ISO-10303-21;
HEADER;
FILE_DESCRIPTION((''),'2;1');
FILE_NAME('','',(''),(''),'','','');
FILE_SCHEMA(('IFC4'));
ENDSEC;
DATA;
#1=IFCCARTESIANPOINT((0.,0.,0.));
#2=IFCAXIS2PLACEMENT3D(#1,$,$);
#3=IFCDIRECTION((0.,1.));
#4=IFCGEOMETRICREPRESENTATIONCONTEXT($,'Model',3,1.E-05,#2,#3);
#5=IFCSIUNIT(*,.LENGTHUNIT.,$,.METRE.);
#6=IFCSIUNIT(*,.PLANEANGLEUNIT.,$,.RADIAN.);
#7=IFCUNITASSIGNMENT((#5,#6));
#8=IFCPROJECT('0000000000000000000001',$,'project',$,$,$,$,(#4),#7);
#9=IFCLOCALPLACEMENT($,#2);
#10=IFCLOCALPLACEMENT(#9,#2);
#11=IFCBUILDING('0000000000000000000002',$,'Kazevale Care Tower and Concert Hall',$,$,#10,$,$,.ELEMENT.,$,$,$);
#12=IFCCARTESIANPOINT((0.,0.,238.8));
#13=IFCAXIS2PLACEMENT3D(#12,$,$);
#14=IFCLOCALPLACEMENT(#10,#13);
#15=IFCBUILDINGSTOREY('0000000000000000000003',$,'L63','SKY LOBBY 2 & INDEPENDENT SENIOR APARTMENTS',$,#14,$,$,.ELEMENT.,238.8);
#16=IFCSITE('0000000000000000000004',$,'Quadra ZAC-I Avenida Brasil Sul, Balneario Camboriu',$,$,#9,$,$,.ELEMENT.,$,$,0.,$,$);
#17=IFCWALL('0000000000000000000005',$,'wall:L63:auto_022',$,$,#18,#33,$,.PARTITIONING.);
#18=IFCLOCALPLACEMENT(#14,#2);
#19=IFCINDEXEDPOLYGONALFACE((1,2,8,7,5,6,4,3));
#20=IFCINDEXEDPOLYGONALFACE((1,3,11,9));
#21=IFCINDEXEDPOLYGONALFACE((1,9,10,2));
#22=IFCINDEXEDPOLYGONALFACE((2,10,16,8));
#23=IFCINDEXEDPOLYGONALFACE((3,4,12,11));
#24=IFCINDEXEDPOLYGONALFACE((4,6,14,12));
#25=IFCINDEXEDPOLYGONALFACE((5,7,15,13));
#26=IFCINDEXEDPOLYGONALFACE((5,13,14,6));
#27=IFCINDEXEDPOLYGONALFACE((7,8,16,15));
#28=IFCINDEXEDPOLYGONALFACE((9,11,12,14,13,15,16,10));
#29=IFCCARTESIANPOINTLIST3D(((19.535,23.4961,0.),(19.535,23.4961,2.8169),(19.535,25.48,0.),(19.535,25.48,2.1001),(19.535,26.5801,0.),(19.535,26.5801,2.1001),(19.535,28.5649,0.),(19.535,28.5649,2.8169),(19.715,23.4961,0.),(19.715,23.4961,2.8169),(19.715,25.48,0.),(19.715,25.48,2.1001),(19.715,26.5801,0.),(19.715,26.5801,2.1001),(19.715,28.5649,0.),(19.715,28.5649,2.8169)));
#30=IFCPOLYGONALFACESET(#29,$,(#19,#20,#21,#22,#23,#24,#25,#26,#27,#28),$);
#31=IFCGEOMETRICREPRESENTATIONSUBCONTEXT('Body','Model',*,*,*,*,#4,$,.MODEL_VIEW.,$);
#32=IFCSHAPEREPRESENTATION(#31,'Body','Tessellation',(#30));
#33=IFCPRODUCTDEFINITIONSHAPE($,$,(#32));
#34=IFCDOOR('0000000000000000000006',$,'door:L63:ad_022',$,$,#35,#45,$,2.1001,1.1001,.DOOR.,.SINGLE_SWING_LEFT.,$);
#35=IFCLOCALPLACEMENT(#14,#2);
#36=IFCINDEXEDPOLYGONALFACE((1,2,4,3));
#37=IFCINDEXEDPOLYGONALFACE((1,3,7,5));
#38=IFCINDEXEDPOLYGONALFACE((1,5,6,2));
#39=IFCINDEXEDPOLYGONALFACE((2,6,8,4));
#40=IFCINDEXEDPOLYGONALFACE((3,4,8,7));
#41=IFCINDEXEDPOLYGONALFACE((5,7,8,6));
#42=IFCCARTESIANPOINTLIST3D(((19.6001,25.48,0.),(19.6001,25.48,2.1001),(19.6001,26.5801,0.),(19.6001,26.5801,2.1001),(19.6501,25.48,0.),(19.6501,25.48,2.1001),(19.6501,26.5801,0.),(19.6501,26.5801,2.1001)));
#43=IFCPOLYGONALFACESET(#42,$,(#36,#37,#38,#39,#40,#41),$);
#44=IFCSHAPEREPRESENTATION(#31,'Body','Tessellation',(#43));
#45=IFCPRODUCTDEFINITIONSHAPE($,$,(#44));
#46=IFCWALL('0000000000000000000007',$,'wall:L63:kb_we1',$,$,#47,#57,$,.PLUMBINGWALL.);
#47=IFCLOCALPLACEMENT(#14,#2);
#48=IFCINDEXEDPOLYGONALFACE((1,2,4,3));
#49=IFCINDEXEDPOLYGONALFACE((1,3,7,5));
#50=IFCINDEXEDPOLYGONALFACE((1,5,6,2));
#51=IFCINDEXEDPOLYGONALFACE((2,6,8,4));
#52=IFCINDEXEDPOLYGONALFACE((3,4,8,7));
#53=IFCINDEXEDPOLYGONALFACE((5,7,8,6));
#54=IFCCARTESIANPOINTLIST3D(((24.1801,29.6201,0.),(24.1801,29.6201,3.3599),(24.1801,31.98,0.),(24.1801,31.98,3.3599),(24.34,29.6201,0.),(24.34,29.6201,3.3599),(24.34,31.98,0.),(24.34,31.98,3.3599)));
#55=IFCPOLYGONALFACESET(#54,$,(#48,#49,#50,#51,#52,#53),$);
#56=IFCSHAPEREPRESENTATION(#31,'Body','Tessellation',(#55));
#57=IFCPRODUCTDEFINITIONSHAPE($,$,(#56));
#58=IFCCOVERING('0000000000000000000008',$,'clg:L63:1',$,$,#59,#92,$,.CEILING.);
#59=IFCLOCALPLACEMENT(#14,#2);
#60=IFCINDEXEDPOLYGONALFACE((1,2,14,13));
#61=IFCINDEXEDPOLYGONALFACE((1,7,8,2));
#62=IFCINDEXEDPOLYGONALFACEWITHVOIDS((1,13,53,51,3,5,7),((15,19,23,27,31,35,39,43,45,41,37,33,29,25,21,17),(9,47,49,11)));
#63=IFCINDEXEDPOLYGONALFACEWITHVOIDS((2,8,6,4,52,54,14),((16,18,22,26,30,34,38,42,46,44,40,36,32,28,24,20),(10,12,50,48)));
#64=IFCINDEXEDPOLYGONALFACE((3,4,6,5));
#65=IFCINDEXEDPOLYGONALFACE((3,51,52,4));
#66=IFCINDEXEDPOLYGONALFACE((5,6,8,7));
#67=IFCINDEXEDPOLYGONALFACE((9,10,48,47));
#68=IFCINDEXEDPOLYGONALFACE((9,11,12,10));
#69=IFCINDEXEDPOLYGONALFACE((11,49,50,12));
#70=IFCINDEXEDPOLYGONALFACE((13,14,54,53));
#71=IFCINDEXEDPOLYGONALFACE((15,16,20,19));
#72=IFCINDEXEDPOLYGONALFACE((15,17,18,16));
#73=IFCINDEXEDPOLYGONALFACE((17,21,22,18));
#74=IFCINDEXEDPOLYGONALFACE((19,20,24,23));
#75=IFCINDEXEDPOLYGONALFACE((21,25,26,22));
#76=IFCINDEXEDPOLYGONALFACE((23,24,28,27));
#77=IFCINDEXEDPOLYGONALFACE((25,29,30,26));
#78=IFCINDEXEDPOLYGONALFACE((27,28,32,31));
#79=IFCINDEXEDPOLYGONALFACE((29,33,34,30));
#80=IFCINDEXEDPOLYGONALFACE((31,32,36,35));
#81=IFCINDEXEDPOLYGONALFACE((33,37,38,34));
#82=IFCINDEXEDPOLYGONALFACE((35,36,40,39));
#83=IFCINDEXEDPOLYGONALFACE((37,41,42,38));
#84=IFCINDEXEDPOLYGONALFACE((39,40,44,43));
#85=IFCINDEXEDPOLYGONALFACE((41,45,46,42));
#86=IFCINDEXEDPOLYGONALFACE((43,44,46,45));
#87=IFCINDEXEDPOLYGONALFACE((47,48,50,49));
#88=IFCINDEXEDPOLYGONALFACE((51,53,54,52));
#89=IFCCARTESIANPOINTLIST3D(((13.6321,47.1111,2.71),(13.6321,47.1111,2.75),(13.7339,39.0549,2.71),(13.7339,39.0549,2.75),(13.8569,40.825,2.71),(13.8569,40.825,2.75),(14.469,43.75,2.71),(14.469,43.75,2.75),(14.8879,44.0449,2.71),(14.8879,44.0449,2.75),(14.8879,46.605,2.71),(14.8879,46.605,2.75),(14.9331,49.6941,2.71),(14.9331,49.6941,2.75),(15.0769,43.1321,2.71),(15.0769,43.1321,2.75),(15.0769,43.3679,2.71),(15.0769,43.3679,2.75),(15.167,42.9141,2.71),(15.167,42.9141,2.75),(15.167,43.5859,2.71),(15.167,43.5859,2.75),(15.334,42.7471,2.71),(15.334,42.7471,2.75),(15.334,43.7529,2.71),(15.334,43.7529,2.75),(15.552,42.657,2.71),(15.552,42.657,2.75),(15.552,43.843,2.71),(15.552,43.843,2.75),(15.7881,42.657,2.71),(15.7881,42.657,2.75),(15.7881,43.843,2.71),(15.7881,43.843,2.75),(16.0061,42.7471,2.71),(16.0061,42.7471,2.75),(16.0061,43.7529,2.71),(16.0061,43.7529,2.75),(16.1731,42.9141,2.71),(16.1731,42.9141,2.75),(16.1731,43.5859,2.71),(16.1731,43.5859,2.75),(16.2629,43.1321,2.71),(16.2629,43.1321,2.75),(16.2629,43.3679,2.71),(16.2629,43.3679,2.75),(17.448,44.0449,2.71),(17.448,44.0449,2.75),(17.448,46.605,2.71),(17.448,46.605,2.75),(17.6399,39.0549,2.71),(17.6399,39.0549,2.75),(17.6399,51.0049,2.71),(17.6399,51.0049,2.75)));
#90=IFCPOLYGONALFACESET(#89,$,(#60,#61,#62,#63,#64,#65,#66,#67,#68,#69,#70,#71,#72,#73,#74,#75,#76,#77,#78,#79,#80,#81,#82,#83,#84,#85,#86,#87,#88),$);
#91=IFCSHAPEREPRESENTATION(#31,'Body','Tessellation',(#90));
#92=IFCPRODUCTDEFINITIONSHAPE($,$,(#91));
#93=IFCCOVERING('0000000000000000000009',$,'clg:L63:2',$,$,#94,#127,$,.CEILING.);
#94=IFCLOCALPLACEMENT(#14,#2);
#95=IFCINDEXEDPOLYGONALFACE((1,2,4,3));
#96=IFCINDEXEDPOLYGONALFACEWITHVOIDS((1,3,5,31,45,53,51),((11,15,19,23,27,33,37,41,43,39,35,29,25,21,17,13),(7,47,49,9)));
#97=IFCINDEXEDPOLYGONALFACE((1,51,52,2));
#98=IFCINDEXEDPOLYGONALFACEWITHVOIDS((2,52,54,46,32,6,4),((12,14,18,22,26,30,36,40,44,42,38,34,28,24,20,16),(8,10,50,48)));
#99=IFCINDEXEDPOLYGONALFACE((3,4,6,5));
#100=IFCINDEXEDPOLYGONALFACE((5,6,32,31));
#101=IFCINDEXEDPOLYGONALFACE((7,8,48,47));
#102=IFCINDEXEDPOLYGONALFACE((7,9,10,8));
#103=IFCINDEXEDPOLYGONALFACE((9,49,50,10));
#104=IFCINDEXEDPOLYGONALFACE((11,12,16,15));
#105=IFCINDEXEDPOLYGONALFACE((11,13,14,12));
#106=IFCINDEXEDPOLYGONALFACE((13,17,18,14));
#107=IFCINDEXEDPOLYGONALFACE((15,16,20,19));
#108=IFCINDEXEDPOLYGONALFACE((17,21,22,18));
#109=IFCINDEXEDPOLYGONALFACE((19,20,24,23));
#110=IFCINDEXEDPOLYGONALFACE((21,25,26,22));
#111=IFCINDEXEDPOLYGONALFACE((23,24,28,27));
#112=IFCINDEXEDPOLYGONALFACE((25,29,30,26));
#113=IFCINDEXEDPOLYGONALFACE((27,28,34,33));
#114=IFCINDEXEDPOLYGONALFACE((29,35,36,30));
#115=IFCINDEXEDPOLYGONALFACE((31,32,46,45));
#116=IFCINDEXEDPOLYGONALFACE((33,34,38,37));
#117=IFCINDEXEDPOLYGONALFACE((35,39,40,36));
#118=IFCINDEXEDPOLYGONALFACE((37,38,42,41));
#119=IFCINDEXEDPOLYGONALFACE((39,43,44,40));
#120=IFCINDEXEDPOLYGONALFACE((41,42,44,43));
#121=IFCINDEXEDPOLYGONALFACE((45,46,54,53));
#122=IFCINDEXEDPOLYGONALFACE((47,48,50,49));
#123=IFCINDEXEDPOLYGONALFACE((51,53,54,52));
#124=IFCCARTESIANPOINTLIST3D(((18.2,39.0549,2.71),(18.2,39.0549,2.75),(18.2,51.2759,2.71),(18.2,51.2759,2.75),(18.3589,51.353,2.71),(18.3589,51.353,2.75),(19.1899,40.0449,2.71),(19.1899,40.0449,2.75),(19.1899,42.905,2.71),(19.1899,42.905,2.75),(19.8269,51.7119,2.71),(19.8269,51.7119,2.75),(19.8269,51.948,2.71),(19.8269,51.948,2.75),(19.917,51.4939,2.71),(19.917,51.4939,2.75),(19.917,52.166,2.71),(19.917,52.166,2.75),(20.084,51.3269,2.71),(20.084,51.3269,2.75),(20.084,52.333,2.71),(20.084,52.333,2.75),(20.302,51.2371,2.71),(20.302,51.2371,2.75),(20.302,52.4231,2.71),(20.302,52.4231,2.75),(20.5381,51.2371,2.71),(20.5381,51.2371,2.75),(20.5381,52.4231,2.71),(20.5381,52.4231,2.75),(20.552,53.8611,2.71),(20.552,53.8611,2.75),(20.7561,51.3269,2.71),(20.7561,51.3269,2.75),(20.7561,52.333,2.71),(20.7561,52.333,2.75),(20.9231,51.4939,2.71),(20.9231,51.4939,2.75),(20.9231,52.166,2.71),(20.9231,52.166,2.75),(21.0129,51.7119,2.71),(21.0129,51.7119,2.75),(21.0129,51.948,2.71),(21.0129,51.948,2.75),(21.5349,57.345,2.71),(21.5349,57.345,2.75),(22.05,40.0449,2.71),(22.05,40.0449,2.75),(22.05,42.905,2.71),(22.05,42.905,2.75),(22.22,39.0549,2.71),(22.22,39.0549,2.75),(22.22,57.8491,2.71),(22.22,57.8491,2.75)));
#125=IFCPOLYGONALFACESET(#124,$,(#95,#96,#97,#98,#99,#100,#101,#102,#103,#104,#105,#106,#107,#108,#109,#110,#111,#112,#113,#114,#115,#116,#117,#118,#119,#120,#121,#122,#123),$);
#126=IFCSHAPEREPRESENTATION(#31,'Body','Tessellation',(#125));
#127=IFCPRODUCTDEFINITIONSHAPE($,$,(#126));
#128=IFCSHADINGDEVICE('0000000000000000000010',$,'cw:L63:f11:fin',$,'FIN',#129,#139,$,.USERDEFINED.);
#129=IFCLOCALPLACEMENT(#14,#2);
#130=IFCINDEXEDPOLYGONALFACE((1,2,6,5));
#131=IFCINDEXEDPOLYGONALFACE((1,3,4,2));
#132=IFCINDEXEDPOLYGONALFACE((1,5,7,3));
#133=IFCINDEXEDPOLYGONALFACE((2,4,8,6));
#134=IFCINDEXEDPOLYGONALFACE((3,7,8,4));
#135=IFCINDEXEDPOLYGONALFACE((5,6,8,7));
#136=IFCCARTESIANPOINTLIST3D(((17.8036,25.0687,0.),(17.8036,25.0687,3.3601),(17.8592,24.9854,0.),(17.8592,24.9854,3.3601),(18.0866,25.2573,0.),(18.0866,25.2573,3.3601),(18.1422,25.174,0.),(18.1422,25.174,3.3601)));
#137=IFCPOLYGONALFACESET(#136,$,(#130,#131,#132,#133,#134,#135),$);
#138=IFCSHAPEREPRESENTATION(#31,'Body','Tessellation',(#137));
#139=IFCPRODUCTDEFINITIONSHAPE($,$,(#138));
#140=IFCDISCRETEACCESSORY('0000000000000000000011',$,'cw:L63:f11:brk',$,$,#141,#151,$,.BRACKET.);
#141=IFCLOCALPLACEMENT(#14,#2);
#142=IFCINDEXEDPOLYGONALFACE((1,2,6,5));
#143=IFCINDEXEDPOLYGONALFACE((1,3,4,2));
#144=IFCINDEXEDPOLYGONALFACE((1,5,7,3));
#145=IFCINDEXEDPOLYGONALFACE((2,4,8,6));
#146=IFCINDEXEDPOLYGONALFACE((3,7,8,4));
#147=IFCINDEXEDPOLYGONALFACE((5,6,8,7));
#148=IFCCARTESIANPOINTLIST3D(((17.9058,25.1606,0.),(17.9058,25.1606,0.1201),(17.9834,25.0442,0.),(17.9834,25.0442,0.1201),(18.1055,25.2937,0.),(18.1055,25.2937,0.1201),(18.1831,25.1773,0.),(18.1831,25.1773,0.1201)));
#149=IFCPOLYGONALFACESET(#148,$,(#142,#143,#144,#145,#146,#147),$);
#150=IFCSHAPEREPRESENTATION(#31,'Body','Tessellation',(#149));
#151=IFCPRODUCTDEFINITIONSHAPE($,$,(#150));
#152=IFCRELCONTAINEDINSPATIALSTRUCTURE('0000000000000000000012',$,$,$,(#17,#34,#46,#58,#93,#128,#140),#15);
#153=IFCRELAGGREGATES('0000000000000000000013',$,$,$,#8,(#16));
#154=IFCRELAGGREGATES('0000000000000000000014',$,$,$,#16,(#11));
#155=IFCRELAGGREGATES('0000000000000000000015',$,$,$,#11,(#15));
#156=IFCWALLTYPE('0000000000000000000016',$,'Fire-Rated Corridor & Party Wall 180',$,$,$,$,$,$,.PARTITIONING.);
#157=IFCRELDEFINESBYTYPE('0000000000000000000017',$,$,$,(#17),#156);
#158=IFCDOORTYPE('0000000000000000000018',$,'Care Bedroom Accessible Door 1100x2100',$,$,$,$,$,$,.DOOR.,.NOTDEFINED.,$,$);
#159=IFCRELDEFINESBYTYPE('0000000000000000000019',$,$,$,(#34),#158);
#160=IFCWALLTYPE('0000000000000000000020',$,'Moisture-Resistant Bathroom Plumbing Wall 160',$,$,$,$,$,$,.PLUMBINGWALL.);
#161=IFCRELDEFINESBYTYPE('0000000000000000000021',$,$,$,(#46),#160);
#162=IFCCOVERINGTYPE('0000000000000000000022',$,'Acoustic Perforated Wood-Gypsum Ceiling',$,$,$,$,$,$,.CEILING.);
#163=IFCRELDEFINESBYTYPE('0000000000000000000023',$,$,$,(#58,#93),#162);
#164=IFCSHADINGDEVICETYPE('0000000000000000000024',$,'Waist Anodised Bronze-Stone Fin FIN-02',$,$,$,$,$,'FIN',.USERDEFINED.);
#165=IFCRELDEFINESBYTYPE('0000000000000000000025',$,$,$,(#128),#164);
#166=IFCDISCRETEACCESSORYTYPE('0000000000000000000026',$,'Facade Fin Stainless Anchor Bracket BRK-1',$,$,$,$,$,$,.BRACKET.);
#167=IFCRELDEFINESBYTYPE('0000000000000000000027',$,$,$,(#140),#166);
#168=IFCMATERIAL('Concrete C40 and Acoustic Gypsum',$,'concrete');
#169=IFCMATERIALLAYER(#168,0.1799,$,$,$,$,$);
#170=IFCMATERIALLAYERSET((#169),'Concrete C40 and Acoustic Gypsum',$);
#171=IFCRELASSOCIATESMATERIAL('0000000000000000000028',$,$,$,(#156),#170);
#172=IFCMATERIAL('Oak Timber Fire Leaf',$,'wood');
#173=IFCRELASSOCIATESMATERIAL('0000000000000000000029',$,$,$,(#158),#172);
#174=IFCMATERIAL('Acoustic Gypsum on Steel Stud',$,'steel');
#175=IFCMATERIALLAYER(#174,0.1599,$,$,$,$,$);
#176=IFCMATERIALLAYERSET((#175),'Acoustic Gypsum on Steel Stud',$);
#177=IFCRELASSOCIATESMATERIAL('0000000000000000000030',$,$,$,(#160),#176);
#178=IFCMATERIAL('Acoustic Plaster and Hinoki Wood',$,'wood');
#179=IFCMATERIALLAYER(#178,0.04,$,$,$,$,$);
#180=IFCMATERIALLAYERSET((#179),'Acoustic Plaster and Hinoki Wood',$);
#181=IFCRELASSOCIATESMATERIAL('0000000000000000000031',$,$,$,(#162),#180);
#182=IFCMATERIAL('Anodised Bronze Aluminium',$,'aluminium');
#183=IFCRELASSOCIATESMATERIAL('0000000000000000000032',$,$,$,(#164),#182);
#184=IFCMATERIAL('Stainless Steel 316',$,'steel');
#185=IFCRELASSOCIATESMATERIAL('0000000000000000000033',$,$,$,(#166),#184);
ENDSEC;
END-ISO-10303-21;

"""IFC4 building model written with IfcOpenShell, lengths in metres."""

from ifc_helpers import new_model, si_unit, direction, frame, frame_2d, origin, origin_2d, place, context, subcontext, project, spatial, polyline, rectangle, outline, extrude, material, layer, layer_set, type_object, element, fill, save


model = new_model("IFC4")

# Units and contexts
model_context = context("Model", 3, precision=1e-05, world=origin(), true_north=direction((0.0, 1.0)))
body_context = subcontext(model_context, "Body", "Model", "MODEL_VIEW")
ifc_project = project(units=[si_unit("LENGTHUNIT", "METRE"), si_unit("PLANEANGLEUNIT", "RADIAN")], contexts=[model_context])

# Site, building, storey
site_placement = place(None, origin())
site = spatial("IfcSite", under=ifc_project, at=site_placement, Name="Quadra ZAC-I Avenida Brasil Sul, Balneario Camboriu", CompositionType="ELEMENT", RefElevation=0.0)
building_placement = place(site_placement, origin())
building = spatial("IfcBuilding", under=site, at=building_placement, Name="Kazevale Care Tower and Concert Hall", CompositionType="ELEMENT")
storey_placement = place(building_placement, frame((0.0, 0.0, 238.8)))
storey = spatial("IfcBuildingStorey", under=building, at=storey_placement, Name="L63", Description="SKY LOBBY 2 & INDEPENDENT SENIOR APARTMENTS", CompositionType="ELEMENT", Elevation=238.8)

# Wall, opening, door
ifc_material_1 = material(Name="Concrete C40 and Acoustic Gypsum", Category="concrete")
ifc_layer_1 = layer(ifc_material_1, 0.1799)
ifc_layer_set_1 = layer_set([ifc_layer_1], Name="Concrete C40 and Acoustic Gypsum")
wall_type_1 = type_object("IfcWallType", Name="Fire-Rated Corridor & Party Wall 180", PredefinedType="PARTITIONING", material=ifc_layer_set_1)
wall_1_placement = place(storey_placement, frame((19.625, 23.4961, 0.0), z_axis=(0.0, 0.0, 1.0), x_axis=(0.0, 1.0, 0.0)))
wall_1 = element("IfcWall", 1, at=wall_1_placement, inside=storey, type_object=wall_type_1, Name="wall:L63:auto_022", PredefinedType="PARTITIONING", context=body_context, shape_type="SweptSolid", body=[
    extrude(rectangle(XDim=5.0688, YDim=0.1799, at=frame_2d((2.5344, 0.0))), origin(), (0.0, 0.0, 1.0), 2.8169),
])
opening_1_placement = place(wall_1_placement, frame((1.9839, 0.0, 0.0)))
opening_1 = element("IfcOpeningElement", 2, at=opening_1_placement, cuts=wall_1, PredefinedType="OPENING", context=body_context, shape_type="SweptSolid", body=[
    extrude(rectangle(XDim=1.1001, YDim=2.1001, at=frame_2d((0.55, 1.05))), frame((0.0, 0.0999, 0.0), z_axis=(0.0, -1.0, 0.0), x_axis=(1.0, 0.0, 0.0)), (0.0, 0.0, 1.0), 0.2),
])
ifc_material_2 = material(Name="Oak Timber Fire Leaf", Category="wood")
door_type_1 = type_object("IfcDoorType", Name="Care Bedroom Accessible Door 1100x2100", OperationType="NOTDEFINED", PredefinedType="DOOR", material=ifc_material_2)
door_1_placement = place(opening_1_placement, origin())
door_1 = element("IfcDoor", 3, at=door_1_placement, inside=storey, type_object=door_type_1, Name="door:L63:ad_022", OperationType="SINGLE_SWING_LEFT", OverallHeight=2.1001, OverallWidth=1.1001, PredefinedType="DOOR", context=body_context, shape_type="SweptSolid", body=[
    extrude(rectangle(XDim=1.1001, YDim=2.1001, at=frame_2d((0.55, 1.05))), frame((0.0, 0.0249, 0.0), z_axis=(0.0, -1.0, 0.0), x_axis=(1.0, 0.0, 0.0)), (0.0, 0.0, 1.0), 0.05),
])
fill(opening_1, door_1)

# Wall
ifc_material_3 = material(Name="Acoustic Gypsum on Steel Stud", Category="steel")
ifc_layer_2 = layer(ifc_material_3, 0.1599)
ifc_layer_set_2 = layer_set([ifc_layer_2], Name="Acoustic Gypsum on Steel Stud")
wall_type_2 = type_object("IfcWallType", Name="Moisture-Resistant Bathroom Plumbing Wall 160", PredefinedType="PLUMBINGWALL", material=ifc_layer_set_2)
wall_2_placement = place(storey_placement, frame((24.26, 29.6201, 0.0), z_axis=(0.0, 0.0, 1.0), x_axis=(0.0, 1.0, 0.0)))
element("IfcWall", 4, at=wall_2_placement, inside=storey, type_object=wall_type_2, Name="wall:L63:kb_we1", PredefinedType="PLUMBINGWALL", context=body_context, shape_type="SweptSolid", body=[
    extrude(rectangle(XDim=2.3599, YDim=0.1599, at=frame_2d((1.1799, 0.0))), origin(), (0.0, 0.0, 1.0), 3.3599),
])

# Coverings
ifc_material_4 = material(Name="Acoustic Plaster and Hinoki Wood", Category="wood")
ifc_layer_3 = layer(ifc_material_4, 0.04)
ifc_layer_set_3 = layer_set([ifc_layer_3], Name="Acoustic Plaster and Hinoki Wood")
covering_type = type_object("IfcCoveringType", Name="Acoustic Perforated Wood-Gypsum Ceiling", PredefinedType="CEILING", material=ifc_layer_set_3)
covering_1_placement = place(storey_placement, frame((0.0, 0.0, 2.71)))
element("IfcCovering", 5, at=covering_1_placement, inside=storey, type_object=covering_type, Name="clg:L63:1", PredefinedType="CEILING", context=body_context, shape_type="SweptSolid", body=[
    extrude(outline(polyline([(14.9331, 49.6941), (17.6399, 51.0049), (17.6399, 39.0549), (13.7339, 39.0549), (13.8569, 40.825), (14.469, 43.75), (13.6321, 47.1111), (14.9331, 49.6941)]), holes=[polyline([(14.8879, 46.605), (14.8879, 44.0449), (17.448, 44.0449), (17.448, 46.605), (14.8879, 46.605)]), polyline([(16.2629, 43.3679), (16.1731, 43.5859), (16.0061, 43.7529), (15.7881, 43.843), (15.552, 43.843), (15.334, 43.7529), (15.167, 43.5859), (15.0769, 43.3679), (15.0769, 43.1321), (15.167, 42.9141), (15.334, 42.7471), (15.552, 42.657), (15.7881, 42.657), (16.0061, 42.7471), (16.1731, 42.9141), (16.2629, 43.1321), (16.2629, 43.3679)])]), origin(), (0.0, 0.0, 1.0), 0.04),
])
covering_2_placement = place(storey_placement, frame((0.0, 0.0, 2.71)))
element("IfcCovering", 6, at=covering_2_placement, inside=storey, type_object=covering_type, Name="clg:L63:2", PredefinedType="CEILING", context=body_context, shape_type="SweptSolid", body=[
    extrude(outline(polyline([(22.22, 39.0549), (18.2, 39.0549), (18.2, 51.2759), (18.3589, 51.353), (20.552, 53.8611), (21.5349, 57.345), (22.22, 57.8491), (22.22, 39.0549)]), holes=[polyline([(19.1899, 42.905), (19.1899, 40.0449), (22.05, 40.0449), (22.05, 42.905), (19.1899, 42.905)]), polyline([(21.0129, 51.948), (20.9231, 52.166), (20.7561, 52.333), (20.5381, 52.4231), (20.302, 52.4231), (20.084, 52.333), (19.917, 52.166), (19.8269, 51.948), (19.8269, 51.7119), (19.917, 51.4939), (20.084, 51.3269), (20.302, 51.2371), (20.5381, 51.2371), (20.7561, 51.3269), (20.9231, 51.4939), (21.0129, 51.7119), (21.0129, 51.948)])]), origin(), (0.0, 0.0, 1.0), 0.04),
])

# Shading device
ifc_material_5 = material(Name="Anodised Bronze Aluminium", Category="aluminium")
shading_device_type = type_object("IfcShadingDeviceType", Name="Waist Anodised Bronze-Stone Fin FIN-02", ElementType="FIN", PredefinedType="USERDEFINED", material=ifc_material_5)
shading_device_placement = place(storey_placement, frame((17.9729, 25.1213, 0.0), z_axis=(0.0, 0.0, 1.0), x_axis=(-0.832148, -0.554554, 0.0)))
element("IfcShadingDevice", 7, at=shading_device_placement, inside=storey, type_object=shading_device_type, Name="cw:L63:f11:fin", ObjectType="FIN", PredefinedType="USERDEFINED", context=body_context, shape_type="SweptSolid", body=[
    extrude(rectangle(XDim=0.3401, YDim=0.1001, at=origin_2d()), origin(), (0.0, 0.0, 1.0), 3.3601),
])

# Discrete accessory
ifc_material_6 = material(Name="Stainless Steel 316", Category="steel")
discrete_accessory_type = type_object("IfcDiscreteAccessoryType", Name="Facade Fin Stainless Anchor Bracket BRK-1", PredefinedType="BRACKET", material=ifc_material_6)
discrete_accessory_placement = place(storey_placement, frame((18.0444, 25.1689, 0.0), z_axis=(0.0, 0.0, 1.0), x_axis=(-0.832148, -0.554554, 0.0)))
element("IfcDiscreteAccessory", 8, at=discrete_accessory_placement, inside=storey, type_object=discrete_accessory_type, Name="cw:L63:f11:brk", PredefinedType="BRACKET", context=body_context, shape_type="SweptSolid", body=[
    extrude(rectangle(XDim=0.24, YDim=0.1399, at=origin_2d()), origin(), (0.0, 0.0, 1.0), 0.1201),
])

save(model, "model.ifc")
